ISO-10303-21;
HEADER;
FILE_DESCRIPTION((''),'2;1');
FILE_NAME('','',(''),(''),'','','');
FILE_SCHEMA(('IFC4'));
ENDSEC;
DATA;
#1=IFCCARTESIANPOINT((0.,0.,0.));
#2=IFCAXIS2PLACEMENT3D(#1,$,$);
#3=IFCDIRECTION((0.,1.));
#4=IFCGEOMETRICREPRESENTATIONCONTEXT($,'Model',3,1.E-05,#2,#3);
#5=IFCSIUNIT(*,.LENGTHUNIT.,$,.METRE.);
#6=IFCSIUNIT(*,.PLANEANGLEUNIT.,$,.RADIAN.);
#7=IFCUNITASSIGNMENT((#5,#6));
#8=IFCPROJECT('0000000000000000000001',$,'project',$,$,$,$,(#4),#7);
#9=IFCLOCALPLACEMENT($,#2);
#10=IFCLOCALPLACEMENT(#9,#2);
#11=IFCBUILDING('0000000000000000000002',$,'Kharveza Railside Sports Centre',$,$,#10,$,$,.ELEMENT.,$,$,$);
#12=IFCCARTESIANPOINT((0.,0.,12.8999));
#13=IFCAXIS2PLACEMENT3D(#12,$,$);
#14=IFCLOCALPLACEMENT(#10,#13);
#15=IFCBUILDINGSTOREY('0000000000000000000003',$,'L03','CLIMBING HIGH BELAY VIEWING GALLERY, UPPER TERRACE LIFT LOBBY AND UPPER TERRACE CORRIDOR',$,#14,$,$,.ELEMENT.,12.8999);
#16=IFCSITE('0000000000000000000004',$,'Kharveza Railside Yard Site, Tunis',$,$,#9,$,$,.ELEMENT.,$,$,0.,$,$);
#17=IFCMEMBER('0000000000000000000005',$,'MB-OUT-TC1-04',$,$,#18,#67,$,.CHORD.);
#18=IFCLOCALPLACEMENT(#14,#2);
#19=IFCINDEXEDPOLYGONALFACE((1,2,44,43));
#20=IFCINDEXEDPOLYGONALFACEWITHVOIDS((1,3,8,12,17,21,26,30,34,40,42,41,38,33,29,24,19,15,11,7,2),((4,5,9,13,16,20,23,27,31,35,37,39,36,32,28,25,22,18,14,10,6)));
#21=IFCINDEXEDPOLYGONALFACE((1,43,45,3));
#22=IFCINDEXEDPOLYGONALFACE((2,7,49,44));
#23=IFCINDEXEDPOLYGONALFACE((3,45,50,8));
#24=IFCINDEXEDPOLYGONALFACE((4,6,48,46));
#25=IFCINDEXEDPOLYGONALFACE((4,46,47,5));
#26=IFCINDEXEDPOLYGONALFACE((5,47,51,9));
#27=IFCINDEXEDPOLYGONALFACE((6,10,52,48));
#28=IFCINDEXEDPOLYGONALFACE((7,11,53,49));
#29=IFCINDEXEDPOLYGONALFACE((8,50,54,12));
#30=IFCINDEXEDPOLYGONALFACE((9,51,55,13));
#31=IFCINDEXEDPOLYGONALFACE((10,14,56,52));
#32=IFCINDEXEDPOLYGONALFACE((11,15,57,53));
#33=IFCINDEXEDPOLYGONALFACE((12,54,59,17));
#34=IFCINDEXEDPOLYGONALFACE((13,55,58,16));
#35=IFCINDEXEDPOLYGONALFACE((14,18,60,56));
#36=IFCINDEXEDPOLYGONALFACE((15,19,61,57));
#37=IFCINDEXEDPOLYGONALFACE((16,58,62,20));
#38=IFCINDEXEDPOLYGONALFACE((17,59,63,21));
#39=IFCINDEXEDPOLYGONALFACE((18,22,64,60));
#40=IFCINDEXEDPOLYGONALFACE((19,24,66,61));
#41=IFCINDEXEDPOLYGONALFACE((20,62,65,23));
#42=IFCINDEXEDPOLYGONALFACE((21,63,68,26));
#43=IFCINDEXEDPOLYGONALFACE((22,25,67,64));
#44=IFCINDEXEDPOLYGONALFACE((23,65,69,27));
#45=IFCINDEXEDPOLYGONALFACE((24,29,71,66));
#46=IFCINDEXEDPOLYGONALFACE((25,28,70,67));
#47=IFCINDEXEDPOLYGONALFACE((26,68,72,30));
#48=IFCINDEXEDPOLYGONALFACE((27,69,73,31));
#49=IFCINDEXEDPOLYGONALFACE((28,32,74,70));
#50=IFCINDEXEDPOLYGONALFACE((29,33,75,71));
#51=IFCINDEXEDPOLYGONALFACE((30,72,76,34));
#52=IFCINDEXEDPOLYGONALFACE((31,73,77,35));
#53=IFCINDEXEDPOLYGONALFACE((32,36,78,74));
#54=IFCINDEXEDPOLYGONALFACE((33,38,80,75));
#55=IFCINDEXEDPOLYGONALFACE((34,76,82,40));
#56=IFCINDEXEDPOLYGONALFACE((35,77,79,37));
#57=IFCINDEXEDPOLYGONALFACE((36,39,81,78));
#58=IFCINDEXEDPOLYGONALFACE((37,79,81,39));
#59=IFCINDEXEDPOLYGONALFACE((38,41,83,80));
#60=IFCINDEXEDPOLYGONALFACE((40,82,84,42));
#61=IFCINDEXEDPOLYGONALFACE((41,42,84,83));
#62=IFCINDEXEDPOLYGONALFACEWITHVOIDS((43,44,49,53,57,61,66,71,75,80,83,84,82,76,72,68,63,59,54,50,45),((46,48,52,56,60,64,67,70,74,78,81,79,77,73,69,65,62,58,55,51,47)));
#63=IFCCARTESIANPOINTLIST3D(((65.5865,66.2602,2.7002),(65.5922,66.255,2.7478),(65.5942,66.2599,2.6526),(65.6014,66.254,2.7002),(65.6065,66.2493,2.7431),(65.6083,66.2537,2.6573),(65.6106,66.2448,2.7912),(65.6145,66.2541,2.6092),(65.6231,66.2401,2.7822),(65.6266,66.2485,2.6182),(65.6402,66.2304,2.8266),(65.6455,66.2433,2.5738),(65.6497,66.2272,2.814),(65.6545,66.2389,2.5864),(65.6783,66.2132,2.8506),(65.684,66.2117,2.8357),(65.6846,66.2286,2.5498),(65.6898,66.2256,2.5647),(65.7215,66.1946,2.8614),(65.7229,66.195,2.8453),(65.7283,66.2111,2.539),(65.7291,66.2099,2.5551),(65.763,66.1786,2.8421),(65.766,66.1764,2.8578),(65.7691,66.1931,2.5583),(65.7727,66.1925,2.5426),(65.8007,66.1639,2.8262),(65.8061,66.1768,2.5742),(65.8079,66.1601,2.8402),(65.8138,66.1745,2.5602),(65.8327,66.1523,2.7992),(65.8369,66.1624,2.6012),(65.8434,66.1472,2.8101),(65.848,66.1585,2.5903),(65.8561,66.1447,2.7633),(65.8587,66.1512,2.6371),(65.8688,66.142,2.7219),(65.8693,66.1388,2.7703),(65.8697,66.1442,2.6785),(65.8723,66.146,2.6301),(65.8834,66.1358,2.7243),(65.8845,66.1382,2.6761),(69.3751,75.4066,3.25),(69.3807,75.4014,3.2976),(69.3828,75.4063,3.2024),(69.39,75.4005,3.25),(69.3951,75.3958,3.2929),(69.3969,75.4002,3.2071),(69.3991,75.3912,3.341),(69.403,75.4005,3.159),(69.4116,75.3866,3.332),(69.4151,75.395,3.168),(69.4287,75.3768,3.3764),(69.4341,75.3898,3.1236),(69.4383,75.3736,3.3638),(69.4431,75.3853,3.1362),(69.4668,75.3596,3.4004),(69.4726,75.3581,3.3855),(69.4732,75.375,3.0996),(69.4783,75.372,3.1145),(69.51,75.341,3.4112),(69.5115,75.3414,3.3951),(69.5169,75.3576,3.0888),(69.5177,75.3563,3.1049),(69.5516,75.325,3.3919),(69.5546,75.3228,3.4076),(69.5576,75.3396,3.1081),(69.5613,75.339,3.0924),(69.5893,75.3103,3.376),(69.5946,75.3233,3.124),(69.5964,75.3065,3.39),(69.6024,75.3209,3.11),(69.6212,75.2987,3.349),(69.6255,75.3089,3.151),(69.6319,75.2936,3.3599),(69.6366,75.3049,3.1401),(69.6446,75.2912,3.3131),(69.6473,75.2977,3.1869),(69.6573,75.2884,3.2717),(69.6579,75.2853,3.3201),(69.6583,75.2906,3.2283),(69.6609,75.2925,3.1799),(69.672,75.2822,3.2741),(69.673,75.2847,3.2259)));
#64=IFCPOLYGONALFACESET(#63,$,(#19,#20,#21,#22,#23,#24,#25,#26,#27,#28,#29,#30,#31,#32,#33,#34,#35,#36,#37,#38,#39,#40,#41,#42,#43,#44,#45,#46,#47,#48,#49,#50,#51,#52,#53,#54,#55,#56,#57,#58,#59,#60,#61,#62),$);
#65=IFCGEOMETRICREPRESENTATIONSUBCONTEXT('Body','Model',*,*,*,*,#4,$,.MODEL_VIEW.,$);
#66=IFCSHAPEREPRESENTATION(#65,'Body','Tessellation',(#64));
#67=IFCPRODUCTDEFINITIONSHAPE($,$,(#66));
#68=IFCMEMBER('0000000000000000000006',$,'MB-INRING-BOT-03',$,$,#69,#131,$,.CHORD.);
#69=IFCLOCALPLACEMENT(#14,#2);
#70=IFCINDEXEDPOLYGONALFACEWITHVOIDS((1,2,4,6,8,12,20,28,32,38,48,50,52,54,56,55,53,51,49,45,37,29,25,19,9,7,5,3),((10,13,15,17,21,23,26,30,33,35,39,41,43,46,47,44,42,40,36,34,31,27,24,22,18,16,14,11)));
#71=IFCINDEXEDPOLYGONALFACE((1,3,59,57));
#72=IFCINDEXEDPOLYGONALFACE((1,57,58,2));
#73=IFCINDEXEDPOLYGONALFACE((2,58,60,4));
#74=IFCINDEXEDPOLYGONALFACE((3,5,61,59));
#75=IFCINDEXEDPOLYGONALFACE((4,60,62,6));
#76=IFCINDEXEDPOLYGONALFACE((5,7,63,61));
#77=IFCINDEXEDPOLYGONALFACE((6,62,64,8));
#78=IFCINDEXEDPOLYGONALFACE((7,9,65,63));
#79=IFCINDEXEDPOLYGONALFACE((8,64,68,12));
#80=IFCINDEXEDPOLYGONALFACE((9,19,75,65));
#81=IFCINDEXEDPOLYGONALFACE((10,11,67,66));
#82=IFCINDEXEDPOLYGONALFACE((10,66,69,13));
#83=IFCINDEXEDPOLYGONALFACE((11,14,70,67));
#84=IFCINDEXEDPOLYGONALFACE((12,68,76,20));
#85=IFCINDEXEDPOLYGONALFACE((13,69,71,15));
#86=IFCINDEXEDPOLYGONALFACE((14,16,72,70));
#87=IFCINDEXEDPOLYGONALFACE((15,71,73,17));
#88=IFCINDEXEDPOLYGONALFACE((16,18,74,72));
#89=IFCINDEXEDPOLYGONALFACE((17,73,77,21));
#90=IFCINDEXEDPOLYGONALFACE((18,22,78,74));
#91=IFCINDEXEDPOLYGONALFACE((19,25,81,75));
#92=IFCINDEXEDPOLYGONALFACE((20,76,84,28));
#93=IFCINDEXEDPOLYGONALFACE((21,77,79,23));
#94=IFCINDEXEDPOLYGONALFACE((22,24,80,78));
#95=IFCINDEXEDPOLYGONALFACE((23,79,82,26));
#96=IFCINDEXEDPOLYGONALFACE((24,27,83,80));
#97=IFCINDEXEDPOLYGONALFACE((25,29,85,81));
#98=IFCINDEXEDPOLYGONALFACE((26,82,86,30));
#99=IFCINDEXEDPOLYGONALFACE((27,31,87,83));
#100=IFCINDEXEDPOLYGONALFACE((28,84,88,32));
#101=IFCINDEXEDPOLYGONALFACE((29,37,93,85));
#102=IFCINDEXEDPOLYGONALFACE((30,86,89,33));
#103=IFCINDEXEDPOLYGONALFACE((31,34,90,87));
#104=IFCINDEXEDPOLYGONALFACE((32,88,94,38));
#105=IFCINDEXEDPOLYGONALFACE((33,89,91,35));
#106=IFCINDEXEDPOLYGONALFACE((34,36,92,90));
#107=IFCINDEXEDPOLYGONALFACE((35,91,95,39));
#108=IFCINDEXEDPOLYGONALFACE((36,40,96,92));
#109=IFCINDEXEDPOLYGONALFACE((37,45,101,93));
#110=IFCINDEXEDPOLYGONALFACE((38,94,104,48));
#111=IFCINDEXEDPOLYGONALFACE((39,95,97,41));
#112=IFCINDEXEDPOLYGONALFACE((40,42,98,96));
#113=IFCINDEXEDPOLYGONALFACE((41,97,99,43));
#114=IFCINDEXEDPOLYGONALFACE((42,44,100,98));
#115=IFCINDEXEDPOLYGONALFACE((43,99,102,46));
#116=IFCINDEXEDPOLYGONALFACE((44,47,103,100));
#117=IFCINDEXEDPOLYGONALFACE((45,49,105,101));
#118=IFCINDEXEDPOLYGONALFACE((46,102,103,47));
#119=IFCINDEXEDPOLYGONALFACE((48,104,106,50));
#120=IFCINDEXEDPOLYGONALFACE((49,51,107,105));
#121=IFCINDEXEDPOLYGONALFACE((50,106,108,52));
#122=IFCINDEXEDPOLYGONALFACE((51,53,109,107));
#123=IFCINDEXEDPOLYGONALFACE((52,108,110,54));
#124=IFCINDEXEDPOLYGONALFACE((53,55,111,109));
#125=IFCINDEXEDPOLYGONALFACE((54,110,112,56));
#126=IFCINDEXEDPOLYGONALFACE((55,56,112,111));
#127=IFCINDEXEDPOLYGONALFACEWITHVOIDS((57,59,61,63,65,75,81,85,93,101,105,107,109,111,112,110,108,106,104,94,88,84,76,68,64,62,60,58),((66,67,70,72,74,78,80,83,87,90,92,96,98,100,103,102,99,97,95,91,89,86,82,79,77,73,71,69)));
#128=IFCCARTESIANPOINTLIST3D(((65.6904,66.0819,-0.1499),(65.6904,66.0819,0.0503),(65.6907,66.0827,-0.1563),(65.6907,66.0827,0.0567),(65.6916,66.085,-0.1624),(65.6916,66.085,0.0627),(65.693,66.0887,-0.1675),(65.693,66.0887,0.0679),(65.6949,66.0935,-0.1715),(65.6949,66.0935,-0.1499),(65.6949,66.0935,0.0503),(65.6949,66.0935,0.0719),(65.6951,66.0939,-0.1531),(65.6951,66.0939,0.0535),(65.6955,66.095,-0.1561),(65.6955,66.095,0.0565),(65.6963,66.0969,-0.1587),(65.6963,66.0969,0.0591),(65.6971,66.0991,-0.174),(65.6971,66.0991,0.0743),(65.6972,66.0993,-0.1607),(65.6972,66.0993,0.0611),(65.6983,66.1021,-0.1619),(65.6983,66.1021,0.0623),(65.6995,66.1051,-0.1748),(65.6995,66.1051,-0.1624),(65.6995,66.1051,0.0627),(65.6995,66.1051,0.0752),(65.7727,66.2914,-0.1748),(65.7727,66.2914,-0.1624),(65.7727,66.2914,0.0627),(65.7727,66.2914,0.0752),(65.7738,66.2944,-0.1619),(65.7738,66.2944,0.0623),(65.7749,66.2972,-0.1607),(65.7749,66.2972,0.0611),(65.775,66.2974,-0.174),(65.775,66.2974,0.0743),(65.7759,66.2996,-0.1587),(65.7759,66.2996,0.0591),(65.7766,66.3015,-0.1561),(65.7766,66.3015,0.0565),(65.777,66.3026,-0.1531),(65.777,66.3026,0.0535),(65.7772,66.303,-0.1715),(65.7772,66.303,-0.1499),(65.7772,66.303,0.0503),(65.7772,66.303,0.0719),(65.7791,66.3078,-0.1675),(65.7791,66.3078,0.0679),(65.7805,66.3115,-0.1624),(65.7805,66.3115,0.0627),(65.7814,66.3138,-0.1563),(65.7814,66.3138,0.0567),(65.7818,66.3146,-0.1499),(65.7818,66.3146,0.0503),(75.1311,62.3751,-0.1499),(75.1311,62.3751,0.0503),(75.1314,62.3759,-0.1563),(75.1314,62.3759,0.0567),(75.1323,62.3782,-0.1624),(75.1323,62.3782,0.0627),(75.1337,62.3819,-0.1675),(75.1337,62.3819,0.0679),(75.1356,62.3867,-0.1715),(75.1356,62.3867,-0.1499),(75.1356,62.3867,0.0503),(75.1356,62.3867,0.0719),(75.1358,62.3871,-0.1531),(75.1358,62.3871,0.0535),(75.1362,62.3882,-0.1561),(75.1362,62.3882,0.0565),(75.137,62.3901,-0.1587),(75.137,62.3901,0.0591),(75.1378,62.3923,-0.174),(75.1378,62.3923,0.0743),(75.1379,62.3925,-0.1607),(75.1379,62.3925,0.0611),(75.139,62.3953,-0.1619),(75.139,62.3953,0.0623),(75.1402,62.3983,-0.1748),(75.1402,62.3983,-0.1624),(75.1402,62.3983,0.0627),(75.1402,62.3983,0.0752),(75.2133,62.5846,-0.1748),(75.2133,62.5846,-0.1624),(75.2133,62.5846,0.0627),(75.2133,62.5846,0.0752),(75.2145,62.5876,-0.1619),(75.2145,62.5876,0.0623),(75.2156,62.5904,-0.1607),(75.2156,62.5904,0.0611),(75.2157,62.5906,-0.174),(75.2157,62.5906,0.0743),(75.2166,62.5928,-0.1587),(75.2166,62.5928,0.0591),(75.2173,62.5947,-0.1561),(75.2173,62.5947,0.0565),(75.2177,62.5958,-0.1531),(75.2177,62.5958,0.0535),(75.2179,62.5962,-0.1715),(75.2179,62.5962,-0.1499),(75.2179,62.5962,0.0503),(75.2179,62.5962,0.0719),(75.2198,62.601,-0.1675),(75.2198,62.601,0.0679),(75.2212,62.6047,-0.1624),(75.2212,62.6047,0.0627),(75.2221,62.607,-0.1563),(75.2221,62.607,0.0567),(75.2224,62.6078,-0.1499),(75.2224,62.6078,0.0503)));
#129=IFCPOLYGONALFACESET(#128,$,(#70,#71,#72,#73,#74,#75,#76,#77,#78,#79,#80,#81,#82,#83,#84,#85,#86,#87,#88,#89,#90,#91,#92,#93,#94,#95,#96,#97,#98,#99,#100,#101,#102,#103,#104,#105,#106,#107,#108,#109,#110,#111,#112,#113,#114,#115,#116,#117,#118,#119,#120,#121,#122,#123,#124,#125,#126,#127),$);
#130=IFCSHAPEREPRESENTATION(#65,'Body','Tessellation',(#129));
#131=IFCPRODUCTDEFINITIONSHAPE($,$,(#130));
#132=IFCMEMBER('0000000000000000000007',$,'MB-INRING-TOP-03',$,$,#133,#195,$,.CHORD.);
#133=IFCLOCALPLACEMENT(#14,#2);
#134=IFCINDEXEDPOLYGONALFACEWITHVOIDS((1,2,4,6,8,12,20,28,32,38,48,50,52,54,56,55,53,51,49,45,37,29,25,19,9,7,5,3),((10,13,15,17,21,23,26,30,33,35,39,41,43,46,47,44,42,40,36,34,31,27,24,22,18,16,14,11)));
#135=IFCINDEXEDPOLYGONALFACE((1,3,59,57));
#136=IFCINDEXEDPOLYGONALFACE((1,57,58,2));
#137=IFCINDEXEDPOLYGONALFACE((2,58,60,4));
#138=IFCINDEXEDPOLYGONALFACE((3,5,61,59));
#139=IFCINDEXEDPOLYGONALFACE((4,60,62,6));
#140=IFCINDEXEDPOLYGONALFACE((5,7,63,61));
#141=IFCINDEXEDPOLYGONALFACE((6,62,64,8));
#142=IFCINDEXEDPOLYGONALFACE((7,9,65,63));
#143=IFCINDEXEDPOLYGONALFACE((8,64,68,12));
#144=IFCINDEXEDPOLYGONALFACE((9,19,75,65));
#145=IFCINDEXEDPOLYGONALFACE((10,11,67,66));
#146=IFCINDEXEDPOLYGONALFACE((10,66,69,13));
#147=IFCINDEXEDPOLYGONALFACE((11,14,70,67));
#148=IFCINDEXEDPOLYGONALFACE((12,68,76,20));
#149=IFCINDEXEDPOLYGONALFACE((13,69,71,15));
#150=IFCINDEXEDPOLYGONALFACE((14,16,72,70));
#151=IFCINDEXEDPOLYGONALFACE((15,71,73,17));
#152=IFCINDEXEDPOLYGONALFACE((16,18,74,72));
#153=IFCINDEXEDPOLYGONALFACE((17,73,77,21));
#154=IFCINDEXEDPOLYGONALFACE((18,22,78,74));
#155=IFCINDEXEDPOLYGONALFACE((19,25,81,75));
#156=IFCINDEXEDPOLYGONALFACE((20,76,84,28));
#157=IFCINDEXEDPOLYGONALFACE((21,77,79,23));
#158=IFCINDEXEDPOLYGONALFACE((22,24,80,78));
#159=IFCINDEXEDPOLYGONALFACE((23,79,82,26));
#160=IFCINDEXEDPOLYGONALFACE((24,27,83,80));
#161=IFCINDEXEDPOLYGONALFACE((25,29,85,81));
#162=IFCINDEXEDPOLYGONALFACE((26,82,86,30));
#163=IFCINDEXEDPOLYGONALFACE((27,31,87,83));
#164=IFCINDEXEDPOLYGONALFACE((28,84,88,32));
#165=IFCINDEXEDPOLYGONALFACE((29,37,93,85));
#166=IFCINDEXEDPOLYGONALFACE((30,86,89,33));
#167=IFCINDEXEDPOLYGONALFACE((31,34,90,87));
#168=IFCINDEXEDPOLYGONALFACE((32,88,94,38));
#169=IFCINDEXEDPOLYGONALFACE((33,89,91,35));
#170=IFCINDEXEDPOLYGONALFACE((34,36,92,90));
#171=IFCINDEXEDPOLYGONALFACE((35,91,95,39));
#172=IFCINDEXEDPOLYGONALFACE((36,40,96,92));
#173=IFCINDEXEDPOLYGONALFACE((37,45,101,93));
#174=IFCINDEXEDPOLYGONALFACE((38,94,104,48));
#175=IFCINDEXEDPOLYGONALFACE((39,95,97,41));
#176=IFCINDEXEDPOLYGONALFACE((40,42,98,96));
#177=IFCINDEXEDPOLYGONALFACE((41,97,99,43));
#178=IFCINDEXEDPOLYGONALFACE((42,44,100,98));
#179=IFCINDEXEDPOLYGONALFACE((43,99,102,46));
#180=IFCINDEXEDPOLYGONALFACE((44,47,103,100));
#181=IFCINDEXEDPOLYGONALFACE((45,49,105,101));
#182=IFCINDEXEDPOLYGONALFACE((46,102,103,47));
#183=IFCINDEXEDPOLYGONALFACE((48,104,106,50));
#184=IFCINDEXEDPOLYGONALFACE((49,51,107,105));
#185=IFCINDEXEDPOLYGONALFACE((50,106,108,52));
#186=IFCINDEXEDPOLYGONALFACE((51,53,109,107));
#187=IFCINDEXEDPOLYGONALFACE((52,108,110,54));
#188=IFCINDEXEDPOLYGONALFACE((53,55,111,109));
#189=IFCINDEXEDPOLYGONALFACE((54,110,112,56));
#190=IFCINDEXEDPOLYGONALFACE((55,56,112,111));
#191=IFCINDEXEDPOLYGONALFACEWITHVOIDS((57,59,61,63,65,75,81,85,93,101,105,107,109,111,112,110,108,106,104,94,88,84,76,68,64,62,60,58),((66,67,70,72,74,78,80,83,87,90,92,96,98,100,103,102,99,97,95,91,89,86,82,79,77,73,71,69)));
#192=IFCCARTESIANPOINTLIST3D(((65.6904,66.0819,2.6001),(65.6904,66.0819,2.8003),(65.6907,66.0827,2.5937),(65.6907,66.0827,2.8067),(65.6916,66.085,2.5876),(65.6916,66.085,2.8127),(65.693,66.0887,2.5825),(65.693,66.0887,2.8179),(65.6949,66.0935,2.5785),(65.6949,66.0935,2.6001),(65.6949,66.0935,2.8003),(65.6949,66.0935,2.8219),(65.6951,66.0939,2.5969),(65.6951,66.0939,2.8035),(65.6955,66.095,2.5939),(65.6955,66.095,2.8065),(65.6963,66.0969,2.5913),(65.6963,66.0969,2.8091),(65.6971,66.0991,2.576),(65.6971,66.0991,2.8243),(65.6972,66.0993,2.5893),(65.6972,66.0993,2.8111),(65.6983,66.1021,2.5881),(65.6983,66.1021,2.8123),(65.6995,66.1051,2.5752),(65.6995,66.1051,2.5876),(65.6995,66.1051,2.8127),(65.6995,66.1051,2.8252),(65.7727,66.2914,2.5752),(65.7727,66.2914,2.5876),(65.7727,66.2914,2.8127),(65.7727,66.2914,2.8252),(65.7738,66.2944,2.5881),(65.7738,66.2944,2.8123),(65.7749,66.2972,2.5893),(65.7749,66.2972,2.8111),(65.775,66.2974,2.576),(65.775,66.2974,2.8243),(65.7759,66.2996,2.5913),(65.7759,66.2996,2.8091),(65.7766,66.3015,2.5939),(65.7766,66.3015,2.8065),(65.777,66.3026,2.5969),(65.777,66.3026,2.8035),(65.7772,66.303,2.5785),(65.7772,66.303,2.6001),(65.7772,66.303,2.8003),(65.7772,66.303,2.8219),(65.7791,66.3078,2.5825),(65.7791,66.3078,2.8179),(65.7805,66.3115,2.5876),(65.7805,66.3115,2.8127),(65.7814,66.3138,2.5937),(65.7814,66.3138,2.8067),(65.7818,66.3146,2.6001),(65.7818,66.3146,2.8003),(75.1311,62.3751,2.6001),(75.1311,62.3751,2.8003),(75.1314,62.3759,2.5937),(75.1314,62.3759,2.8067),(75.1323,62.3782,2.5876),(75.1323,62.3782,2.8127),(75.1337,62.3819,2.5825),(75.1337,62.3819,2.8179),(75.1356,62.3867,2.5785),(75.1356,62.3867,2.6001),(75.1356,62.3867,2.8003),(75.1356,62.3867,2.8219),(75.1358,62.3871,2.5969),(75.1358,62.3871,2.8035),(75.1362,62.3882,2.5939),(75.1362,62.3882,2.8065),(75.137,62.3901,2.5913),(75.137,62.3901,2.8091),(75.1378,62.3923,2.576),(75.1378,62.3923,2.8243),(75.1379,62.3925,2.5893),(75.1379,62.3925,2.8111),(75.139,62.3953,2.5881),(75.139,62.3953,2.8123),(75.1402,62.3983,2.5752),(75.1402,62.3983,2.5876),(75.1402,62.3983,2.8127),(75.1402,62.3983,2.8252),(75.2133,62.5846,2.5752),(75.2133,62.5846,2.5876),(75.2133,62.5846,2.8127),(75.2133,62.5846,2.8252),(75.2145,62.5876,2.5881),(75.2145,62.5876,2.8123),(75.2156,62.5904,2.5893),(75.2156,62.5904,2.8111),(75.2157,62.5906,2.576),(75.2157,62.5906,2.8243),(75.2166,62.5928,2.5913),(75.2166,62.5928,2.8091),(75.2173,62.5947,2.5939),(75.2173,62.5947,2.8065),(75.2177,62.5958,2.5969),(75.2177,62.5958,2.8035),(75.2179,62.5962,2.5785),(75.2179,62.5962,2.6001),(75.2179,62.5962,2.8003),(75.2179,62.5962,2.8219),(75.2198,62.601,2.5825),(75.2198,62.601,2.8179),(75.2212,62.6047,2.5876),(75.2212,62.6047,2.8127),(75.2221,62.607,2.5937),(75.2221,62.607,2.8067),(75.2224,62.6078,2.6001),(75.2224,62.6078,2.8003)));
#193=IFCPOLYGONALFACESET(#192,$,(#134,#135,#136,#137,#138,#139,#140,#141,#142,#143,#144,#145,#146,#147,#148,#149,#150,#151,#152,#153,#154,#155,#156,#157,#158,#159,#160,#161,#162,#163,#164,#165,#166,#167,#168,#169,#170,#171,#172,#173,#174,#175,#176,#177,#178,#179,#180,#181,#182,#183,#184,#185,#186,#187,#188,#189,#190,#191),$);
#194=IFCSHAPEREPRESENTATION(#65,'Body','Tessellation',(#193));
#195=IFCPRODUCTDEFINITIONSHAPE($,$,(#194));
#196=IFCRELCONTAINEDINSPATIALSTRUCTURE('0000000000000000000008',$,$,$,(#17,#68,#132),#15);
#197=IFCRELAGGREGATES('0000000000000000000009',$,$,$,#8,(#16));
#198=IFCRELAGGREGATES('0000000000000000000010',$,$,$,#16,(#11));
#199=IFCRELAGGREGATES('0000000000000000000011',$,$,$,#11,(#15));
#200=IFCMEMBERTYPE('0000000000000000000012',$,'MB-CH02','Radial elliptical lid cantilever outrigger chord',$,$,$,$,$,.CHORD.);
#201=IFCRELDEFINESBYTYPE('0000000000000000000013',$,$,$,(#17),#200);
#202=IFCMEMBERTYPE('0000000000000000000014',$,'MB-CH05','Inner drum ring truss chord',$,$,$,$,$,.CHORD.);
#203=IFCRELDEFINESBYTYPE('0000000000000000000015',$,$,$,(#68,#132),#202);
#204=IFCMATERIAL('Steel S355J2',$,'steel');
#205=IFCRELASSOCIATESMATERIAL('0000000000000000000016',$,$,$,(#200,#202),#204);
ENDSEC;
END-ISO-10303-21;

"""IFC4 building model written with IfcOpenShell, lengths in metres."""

from ifc_helpers import new_model, si_unit, direction, frame, origin, origin_2d, place, context, subcontext, project, spatial, hollow_rectangle, hollow_circle, extrude, material, material_profile, profile_set, type_object, element, save


model = new_model("IFC4")

# Units and contexts
model_context = context("Model", 3, precision=1e-05, world=origin(), true_north=direction((0.0, 1.0)))
body_context = subcontext(model_context, "Body", "Model", "MODEL_VIEW")
ifc_project = project(units=[si_unit("LENGTHUNIT", "METRE"), si_unit("PLANEANGLEUNIT", "RADIAN")], contexts=[model_context])

# Site, building, storey
site_placement = place(None, origin())
site = spatial("IfcSite", under=ifc_project, at=site_placement, Name="Kharveza Railside Yard Site, Tunis", CompositionType="ELEMENT", RefElevation=0.0)
building_placement = place(site_placement, origin())
building = spatial("IfcBuilding", under=site, at=building_placement, Name="Kharveza Railside Sports Centre", CompositionType="ELEMENT")
storey_placement = place(building_placement, frame((0.0, 0.0, 12.8999)))
storey = spatial("IfcBuildingStorey", under=building, at=storey_placement, Name="L03", Description="CLIMBING HIGH BELAY VIEWING GALLERY, UPPER TERRACE LIFT LOBBY AND UPPER TERRACE CORRIDOR", CompositionType="ELEMENT", Elevation=12.8999)

# Members
ifc_material = material(Name="Steel S355J2", Category="steel")
ifc_material_profile_1 = material_profile(ifc_material, hollow_circle(Radius=0.1619, WallThickness=0.0161, at=origin_2d()), Name="CHS 323.9x16.0")
ifc_profile_set_1 = profile_set([ifc_material_profile_1], Name="Steel S355J2")
member_type_1 = type_object("IfcMemberType", Name="MB-CH02", Description="Radial elliptical lid cantilever outrigger chord", PredefinedType="CHORD", material=ifc_profile_set_1)
member_1_placement = place(storey_placement, frame((65.7361, 66.1982, 2.7002), z_axis=(0.382093, 0.922459, 0.05545), x_axis=(-0.92388, 0.382681, 0.0)))
element("IfcMember", 1, at=member_1_placement, inside=storey, type_object=member_type_1, Name="MB-OUT-TC1-04", PredefinedType="CHORD", context=body_context, shape_type="SweptSolid", body=[
    extrude(hollow_circle(Radius=0.1619, WallThickness=0.0161, at=origin_2d()), origin(), (0.0, 0.0, 1.0), 9.9153),
])
ifc_material_profile_2 = material_profile(ifc_material, hollow_rectangle(XDim=0.25, YDim=0.25, WallThickness=0.0125, InnerFilletRadius=0.0125, OuterFilletRadius=0.0249, at=origin_2d()), Name="SHS 250x250x12.5")
ifc_profile_set_2 = profile_set([ifc_material_profile_2], Name="Steel S355J2")
member_type_2 = type_object("IfcMemberType", Name="MB-CH05", Description="Inner drum ring truss chord", PredefinedType="CHORD", material=ifc_profile_set_2)
for number, where, z_axis, x_axis, name in (
    (2, (75.1768, 62.4915, -0.0498), (-0.93082, 0.365477, 0.0), (-0.365477, -0.93082, 0.0), "MB-INRING-BOT-03"),
    (3, (75.1768, 62.4915, 2.7002), (-0.93082, 0.365477, 0.0), (-0.365477, -0.93082, 0.0), "MB-INRING-TOP-03"),
):
    element("IfcMember", number, at=place(storey_placement, frame(where, z_axis=z_axis, x_axis=x_axis)), inside=storey, type_object=member_type_2, Name=name, PredefinedType="CHORD", context=body_context, shape_type="SweptSolid", body=[
        extrude(hollow_rectangle(XDim=0.25, YDim=0.25, WallThickness=0.0125, InnerFilletRadius=0.0125, OuterFilletRadius=0.0249, at=origin_2d()), origin(), (0.0, 0.0, 1.0), 10.1423),
    ])

save(model, "model.ifc")
